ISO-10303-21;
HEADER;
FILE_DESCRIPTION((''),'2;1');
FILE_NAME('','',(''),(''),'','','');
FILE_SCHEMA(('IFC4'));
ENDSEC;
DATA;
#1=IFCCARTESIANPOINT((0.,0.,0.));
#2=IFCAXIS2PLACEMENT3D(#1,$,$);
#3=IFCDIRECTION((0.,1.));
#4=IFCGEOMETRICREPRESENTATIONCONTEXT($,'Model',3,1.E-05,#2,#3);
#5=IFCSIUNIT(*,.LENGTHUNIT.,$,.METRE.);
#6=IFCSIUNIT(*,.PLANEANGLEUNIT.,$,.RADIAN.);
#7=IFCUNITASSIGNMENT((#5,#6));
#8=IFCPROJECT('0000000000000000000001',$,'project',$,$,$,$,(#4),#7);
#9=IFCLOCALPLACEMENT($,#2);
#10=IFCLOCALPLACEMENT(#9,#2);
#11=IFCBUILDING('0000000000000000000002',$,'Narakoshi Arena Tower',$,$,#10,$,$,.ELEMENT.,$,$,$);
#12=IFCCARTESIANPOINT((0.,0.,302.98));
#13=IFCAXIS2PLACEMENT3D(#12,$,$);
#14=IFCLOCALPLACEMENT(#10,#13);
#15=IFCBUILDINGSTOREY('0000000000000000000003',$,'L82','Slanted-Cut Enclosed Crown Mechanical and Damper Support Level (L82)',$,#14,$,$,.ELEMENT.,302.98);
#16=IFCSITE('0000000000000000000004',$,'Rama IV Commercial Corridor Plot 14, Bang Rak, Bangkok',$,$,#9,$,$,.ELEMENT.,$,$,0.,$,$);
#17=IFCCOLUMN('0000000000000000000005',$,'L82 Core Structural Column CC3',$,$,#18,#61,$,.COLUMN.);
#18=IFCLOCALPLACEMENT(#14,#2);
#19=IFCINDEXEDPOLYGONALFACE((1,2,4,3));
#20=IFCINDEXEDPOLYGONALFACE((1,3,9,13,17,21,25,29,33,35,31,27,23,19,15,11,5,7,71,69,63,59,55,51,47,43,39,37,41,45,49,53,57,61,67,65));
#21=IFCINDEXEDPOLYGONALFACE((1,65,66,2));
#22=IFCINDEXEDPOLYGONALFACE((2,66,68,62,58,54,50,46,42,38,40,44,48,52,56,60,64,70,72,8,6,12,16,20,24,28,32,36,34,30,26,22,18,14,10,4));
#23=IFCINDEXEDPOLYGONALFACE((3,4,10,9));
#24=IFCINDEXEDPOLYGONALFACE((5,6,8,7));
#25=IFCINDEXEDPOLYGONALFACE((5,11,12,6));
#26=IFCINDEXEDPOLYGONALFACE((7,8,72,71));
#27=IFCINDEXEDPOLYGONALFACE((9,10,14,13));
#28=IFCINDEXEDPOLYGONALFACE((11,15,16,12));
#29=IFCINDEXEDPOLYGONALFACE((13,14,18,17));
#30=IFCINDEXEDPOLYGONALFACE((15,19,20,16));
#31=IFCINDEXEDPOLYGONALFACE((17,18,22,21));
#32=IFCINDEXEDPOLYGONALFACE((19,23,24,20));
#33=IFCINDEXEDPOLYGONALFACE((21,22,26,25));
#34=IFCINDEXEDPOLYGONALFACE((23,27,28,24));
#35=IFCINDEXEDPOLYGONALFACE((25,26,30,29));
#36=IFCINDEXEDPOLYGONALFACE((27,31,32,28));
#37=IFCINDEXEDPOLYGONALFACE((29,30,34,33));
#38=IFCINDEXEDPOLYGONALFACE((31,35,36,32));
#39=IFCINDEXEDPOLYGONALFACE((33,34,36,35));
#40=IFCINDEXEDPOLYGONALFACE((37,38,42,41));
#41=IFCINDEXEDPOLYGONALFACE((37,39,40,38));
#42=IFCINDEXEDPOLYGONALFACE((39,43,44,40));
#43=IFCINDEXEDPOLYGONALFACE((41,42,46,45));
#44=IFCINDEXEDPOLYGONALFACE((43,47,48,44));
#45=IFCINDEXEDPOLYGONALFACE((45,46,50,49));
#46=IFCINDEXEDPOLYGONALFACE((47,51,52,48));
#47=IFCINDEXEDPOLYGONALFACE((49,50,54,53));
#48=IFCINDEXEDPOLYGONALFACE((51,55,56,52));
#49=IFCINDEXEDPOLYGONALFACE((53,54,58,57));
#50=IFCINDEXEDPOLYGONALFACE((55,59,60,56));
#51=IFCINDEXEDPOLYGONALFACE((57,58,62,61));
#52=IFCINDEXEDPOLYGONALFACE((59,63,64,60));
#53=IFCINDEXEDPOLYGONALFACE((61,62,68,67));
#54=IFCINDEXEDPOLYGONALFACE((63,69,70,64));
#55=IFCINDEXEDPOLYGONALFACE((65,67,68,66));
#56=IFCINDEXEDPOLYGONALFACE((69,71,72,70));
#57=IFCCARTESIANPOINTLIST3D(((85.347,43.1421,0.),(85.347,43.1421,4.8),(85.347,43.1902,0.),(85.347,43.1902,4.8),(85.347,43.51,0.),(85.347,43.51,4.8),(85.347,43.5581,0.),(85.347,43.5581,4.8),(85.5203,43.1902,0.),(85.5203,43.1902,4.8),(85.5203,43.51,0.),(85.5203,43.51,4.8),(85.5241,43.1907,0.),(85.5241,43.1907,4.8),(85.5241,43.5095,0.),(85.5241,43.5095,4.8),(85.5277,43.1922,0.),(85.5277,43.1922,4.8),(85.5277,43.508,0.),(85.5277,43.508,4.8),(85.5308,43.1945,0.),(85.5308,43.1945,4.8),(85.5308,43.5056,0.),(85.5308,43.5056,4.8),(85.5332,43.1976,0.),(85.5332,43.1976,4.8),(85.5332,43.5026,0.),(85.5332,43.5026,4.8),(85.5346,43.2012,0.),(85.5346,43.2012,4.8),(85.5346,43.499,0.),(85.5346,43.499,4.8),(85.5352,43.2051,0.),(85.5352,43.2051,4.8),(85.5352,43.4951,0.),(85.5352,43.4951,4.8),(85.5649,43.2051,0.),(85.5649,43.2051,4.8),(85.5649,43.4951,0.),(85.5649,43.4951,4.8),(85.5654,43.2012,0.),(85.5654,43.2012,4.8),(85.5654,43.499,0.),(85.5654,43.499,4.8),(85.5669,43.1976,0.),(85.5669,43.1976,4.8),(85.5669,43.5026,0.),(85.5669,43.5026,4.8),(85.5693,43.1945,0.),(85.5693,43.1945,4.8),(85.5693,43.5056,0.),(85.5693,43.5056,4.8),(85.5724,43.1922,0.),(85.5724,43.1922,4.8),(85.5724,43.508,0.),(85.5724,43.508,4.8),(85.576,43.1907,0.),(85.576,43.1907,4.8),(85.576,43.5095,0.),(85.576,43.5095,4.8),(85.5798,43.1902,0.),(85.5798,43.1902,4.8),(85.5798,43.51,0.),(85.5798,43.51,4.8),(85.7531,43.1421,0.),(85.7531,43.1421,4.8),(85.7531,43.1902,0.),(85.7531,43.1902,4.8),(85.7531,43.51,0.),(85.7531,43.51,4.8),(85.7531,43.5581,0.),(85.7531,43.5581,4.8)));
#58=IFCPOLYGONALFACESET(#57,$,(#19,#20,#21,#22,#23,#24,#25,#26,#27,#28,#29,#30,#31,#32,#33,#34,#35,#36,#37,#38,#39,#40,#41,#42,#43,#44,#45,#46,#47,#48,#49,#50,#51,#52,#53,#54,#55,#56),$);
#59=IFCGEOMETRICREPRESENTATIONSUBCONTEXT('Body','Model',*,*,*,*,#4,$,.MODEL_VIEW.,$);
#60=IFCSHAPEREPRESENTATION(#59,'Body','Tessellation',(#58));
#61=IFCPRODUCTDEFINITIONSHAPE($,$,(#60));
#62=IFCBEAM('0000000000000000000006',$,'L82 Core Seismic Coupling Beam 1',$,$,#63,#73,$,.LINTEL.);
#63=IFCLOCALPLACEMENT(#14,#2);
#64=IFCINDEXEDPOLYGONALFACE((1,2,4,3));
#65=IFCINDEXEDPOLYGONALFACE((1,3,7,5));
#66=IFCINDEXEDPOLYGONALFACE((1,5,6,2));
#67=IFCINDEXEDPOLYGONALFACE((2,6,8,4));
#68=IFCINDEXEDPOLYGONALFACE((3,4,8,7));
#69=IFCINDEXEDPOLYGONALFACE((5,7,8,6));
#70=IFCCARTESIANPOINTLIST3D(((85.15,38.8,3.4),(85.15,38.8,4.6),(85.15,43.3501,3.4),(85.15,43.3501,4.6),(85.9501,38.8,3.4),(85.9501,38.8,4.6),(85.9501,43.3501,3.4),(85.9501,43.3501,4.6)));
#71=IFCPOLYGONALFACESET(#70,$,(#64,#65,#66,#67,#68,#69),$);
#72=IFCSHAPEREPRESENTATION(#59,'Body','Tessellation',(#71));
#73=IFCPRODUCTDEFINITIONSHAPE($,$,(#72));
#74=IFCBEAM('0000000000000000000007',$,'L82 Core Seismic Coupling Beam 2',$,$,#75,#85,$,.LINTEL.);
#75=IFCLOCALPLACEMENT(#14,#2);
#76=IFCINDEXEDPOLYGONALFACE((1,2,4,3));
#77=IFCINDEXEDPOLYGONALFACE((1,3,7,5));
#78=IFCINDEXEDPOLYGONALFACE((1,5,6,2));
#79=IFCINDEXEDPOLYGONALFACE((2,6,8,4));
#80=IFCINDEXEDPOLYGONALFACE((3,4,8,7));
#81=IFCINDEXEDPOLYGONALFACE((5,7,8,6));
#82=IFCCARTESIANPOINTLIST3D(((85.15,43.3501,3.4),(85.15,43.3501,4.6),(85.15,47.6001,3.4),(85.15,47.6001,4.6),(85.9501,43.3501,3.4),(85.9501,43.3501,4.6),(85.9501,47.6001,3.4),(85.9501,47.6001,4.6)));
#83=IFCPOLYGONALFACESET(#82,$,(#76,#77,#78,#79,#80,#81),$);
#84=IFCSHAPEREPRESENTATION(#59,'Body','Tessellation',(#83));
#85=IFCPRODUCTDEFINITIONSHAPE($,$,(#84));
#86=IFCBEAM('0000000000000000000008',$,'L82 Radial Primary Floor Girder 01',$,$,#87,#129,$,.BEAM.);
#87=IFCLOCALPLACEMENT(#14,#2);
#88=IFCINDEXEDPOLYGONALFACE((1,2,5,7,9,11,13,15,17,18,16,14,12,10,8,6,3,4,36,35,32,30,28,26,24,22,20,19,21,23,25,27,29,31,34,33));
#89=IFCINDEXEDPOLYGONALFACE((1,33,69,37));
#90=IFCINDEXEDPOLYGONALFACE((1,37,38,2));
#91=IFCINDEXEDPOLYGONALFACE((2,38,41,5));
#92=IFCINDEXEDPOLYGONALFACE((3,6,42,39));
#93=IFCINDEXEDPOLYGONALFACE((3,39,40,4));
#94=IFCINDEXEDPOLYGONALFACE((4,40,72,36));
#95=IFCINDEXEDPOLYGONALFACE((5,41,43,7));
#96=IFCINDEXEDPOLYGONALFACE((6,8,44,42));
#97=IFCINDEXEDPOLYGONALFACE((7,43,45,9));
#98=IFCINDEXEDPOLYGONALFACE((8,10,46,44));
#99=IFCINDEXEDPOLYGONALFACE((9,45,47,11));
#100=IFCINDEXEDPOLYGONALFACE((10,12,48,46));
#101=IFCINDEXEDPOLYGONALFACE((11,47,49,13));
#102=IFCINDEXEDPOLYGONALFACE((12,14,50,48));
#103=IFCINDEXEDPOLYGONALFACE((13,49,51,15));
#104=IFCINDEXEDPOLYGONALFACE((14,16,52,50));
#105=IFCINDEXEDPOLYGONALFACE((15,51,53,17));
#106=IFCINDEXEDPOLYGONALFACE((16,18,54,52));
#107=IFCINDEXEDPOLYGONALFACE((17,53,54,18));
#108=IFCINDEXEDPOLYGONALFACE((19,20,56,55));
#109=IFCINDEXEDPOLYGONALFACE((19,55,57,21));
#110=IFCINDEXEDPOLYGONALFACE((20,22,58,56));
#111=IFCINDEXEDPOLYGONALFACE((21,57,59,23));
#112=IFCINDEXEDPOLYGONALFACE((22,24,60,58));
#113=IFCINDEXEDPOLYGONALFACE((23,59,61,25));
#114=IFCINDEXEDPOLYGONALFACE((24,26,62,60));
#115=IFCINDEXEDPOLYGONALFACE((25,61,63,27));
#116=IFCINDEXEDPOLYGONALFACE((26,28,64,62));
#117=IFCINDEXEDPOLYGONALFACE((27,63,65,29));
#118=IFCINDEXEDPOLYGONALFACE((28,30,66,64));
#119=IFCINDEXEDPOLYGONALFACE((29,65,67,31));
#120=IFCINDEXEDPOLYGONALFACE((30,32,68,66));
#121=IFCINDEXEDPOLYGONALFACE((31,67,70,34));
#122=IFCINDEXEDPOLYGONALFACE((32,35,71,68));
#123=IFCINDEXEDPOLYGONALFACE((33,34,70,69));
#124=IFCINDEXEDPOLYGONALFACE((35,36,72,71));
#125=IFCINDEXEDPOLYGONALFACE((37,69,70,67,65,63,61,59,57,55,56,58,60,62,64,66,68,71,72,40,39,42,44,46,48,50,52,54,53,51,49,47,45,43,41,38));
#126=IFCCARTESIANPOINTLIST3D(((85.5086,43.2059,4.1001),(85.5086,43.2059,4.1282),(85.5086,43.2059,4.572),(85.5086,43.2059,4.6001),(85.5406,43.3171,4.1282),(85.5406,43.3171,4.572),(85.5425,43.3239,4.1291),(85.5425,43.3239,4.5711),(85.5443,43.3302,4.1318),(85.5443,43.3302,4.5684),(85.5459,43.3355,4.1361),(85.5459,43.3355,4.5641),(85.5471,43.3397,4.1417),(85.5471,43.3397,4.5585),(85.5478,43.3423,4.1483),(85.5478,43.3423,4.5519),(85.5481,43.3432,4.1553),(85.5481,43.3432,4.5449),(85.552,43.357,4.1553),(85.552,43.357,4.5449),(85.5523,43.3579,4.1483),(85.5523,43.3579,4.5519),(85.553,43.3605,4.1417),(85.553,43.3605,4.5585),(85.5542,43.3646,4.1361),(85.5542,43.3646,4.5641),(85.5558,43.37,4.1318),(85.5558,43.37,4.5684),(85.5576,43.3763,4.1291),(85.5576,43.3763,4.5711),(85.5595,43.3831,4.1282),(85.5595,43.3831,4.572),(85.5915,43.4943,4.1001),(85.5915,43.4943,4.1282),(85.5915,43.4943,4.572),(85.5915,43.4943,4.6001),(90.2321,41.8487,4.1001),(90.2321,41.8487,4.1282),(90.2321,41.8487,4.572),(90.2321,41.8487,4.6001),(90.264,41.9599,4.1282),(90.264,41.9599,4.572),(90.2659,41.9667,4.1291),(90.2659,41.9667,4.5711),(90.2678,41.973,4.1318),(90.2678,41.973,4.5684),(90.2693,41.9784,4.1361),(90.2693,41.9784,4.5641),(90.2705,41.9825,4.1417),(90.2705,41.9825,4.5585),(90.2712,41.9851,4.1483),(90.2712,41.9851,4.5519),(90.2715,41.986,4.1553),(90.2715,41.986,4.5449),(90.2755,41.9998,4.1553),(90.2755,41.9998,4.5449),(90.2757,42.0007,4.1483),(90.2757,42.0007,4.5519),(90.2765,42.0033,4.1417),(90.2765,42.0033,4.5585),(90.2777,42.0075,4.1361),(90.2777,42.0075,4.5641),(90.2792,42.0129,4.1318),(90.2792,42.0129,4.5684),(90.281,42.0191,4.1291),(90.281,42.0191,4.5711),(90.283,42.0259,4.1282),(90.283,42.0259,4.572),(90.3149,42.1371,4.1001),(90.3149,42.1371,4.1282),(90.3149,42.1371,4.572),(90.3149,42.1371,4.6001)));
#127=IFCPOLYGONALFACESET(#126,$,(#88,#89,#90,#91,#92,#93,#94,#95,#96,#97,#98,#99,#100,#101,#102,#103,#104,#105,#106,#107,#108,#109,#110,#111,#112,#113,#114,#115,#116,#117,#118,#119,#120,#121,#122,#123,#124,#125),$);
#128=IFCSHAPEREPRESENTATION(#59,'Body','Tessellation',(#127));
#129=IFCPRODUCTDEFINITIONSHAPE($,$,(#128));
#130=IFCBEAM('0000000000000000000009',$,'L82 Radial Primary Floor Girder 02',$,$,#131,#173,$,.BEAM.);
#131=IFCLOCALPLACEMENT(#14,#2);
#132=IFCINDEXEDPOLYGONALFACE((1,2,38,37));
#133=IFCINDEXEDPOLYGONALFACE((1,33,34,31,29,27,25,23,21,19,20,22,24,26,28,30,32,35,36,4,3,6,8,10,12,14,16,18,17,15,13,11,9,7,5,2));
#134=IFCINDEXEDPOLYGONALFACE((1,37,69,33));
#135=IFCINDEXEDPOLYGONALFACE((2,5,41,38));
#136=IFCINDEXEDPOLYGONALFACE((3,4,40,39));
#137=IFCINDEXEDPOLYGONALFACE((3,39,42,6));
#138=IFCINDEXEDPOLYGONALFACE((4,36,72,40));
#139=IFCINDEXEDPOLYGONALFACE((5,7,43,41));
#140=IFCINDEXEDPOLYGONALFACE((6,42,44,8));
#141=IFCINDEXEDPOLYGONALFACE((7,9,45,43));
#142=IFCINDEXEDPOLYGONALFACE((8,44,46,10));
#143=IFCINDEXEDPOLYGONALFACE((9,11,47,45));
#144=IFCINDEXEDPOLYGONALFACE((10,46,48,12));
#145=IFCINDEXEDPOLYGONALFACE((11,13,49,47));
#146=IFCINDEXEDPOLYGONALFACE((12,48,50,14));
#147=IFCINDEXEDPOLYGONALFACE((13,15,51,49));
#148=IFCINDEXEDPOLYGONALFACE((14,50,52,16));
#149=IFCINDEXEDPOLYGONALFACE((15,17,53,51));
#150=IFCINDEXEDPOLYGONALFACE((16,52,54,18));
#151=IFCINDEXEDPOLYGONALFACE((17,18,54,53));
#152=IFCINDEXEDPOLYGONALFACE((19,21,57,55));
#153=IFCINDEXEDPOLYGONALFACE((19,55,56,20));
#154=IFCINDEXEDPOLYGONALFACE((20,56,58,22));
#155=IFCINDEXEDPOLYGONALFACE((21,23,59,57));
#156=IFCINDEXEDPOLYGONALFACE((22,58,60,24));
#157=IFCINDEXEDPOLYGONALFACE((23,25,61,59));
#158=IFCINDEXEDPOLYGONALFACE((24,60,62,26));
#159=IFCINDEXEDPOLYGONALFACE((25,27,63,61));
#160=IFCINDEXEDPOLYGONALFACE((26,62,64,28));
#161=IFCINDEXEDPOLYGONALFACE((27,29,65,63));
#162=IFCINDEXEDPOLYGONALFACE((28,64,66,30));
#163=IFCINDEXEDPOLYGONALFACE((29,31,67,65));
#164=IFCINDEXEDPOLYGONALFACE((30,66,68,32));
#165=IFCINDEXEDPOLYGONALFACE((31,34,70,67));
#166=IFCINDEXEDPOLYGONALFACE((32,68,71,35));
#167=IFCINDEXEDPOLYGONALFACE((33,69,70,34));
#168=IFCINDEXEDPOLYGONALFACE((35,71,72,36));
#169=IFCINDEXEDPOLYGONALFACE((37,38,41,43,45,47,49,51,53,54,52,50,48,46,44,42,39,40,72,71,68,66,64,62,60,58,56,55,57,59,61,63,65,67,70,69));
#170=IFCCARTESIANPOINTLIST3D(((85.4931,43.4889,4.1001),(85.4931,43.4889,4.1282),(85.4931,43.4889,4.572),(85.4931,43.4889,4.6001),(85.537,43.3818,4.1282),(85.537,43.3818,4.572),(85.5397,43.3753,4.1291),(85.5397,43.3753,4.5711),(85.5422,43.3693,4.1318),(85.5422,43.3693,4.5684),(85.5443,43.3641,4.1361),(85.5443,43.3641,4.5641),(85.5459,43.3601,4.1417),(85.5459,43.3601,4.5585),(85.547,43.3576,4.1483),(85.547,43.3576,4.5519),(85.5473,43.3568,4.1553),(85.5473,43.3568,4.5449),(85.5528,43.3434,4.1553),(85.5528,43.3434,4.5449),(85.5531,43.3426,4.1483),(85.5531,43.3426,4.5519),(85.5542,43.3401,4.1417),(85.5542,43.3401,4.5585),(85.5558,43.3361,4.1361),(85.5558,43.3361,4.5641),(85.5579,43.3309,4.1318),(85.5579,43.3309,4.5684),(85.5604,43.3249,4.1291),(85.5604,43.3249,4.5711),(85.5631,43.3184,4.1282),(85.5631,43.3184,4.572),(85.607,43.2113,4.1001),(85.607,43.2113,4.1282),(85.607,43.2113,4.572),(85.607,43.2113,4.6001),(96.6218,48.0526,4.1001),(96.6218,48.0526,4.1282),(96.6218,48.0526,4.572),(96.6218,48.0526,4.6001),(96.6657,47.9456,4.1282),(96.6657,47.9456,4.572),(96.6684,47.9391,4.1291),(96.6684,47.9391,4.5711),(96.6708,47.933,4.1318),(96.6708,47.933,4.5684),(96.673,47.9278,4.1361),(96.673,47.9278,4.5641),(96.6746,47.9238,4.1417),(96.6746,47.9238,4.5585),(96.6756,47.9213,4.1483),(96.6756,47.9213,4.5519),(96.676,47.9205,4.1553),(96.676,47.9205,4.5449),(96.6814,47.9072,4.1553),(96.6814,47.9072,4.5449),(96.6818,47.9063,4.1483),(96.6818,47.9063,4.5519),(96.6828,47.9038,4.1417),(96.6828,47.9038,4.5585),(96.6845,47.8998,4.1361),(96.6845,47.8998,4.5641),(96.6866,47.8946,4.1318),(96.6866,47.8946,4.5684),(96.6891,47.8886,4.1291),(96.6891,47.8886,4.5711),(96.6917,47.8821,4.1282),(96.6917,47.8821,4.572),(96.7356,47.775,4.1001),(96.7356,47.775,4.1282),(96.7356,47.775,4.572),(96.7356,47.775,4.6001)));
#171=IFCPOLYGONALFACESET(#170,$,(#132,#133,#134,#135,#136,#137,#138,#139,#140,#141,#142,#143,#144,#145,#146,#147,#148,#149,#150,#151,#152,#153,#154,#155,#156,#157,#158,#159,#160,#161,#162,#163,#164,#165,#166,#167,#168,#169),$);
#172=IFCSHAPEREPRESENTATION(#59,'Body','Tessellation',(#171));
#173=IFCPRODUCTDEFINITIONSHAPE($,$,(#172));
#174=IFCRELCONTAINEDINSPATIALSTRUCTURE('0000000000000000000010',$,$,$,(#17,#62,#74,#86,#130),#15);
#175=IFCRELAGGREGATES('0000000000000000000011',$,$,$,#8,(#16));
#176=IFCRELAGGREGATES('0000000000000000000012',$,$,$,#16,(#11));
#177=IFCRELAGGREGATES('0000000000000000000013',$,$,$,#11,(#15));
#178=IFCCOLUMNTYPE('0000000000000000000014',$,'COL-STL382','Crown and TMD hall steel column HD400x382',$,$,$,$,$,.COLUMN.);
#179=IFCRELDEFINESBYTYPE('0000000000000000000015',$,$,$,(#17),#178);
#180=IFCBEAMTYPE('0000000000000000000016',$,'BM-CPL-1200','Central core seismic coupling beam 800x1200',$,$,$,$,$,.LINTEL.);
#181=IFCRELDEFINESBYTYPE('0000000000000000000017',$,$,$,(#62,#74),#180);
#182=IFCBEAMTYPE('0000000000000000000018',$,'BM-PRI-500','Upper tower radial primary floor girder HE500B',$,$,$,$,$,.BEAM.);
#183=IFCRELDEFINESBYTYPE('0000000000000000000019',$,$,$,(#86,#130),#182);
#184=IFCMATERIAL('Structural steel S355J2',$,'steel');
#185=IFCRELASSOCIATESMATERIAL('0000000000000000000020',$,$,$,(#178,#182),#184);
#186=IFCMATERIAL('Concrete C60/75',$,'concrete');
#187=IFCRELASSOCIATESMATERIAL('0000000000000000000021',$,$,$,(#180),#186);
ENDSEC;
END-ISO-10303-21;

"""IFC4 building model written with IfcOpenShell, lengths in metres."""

from ifc_helpers import new_model, si_unit, direction, frame, origin, origin_2d, place, context, subcontext, project, spatial, rectangle, i_section, extrude, material, material_profile, profile_set, type_object, element, save


model = new_model("IFC4")

# Units and contexts
model_context = context("Model", 3, precision=1e-05, world=origin(), true_north=direction((0.0, 1.0)))
body_context = subcontext(model_context, "Body", "Model", "MODEL_VIEW")
ifc_project = project(units=[si_unit("LENGTHUNIT", "METRE"), si_unit("PLANEANGLEUNIT", "RADIAN")], contexts=[model_context])

# Site, building, storey
site_placement = place(None, origin())
site = spatial("IfcSite", under=ifc_project, at=site_placement, Name="Rama IV Commercial Corridor Plot 14, Bang Rak, Bangkok", CompositionType="ELEMENT", RefElevation=0.0)
building_placement = place(site_placement, origin())
building = spatial("IfcBuilding", under=site, at=building_placement, Name="Narakoshi Arena Tower", CompositionType="ELEMENT")
storey_placement = place(building_placement, frame((0.0, 0.0, 302.98)))
storey = spatial("IfcBuildingStorey", under=building, at=storey_placement, Name="L82", Description="Slanted-Cut Enclosed Crown Mechanical and Damper Support Level (L82)", CompositionType="ELEMENT", Elevation=302.98)

# Column
ifc_material_1 = material(Name="Structural steel S355J2", Category="steel")
ifc_material_profile_1 = material_profile(ifc_material_1, i_section(OverallWidth=0.406, OverallDepth=0.416, WebThickness=0.0298, FlangeThickness=0.0481, FilletRadius=0.0149, at=origin_2d()), Name="HD400x382")
ifc_profile_set_1 = profile_set([ifc_material_profile_1], Name="Structural steel S355J2")
column_type = type_object("IfcColumnType", Name="COL-STL382", Description="Crown and TMD hall steel column HD400x382", PredefinedType="COLUMN", material=ifc_profile_set_1)
column_placement = place(storey_placement, frame((85.55, 43.3501, 0.0), z_axis=(0.0, 0.0, 1.0), x_axis=(1.0, 0.0, 0.0)))
element("IfcColumn", 1, at=column_placement, inside=storey, type_object=column_type, Name="L82 Core Structural Column CC3", PredefinedType="COLUMN", context=body_context, shape_type="SweptSolid", body=[
    extrude(i_section(OverallWidth=0.406, OverallDepth=0.416, WebThickness=0.0298, FlangeThickness=0.0481, FilletRadius=0.0149, at=origin_2d()), origin(), (0.0, 0.0, 1.0), 4.8),
])

# Beams
ifc_material_2 = material(Name="Concrete C60/75", Category="concrete")
ifc_material_profile_2 = material_profile(ifc_material_2, rectangle(XDim=0.8, YDim=1.2, at=origin_2d()), Name="RCB800x1200")
ifc_profile_set_2 = profile_set([ifc_material_profile_2], Name="Concrete C60/75")
beam_type_1 = type_object("IfcBeamType", Name="BM-CPL-1200", Description="Central core seismic coupling beam 800x1200", PredefinedType="LINTEL", material=ifc_profile_set_2)
beam_1_placement = place(storey_placement, frame((85.55, 38.8, 4.0), z_axis=(0.0, 1.0, 0.0), x_axis=(-1.0, 0.0, 0.0)))
element("IfcBeam", 2, at=beam_1_placement, inside=storey, type_object=beam_type_1, Name="L82 Core Seismic Coupling Beam 1", PredefinedType="LINTEL", context=body_context, shape_type="SweptSolid", body=[
    extrude(rectangle(XDim=0.8, YDim=1.2, at=origin_2d()), origin(), (0.0, 0.0, 1.0), 4.55),
])
beam_2_placement = place(storey_placement, frame((85.55, 43.3501, 4.0), z_axis=(0.0, 1.0, 0.0), x_axis=(-1.0, 0.0, 0.0)))
element("IfcBeam", 3, at=beam_2_placement, inside=storey, type_object=beam_type_1, Name="L82 Core Seismic Coupling Beam 2", PredefinedType="LINTEL", context=body_context, shape_type="SweptSolid", body=[
    extrude(rectangle(XDim=0.8, YDim=1.2, at=origin_2d()), origin(), (0.0, 0.0, 1.0), 4.25),
])
ifc_material_profile_3 = material_profile(ifc_material_1, i_section(OverallWidth=0.3, OverallDepth=0.5, WebThickness=0.0144, FlangeThickness=0.0281, FilletRadius=0.0271, at=origin_2d()), Name="HE500B")
ifc_profile_set_3 = profile_set([ifc_material_profile_3], Name="Structural steel S355J2")
beam_type_2 = type_object("IfcBeamType", Name="BM-PRI-500", Description="Upper tower radial primary floor girder HE500B", PredefinedType="BEAM", material=ifc_profile_set_3)
beam_3_placement = place(storey_placement, frame((85.55, 43.3501, 4.3501), z_axis=(0.961112, -0.276158, 0.0), x_axis=(0.276158, 0.961112, 0.0)))
element("IfcBeam", 4, at=beam_3_placement, inside=storey, type_object=beam_type_2, Name="L82 Radial Primary Floor Girder 01", PredefinedType="BEAM", context=body_context, shape_type="SweptSolid", body=[
    extrude(i_section(OverallWidth=0.3, OverallDepth=0.5, WebThickness=0.0144, FlangeThickness=0.0281, FilletRadius=0.0271, at=origin_2d()), origin(), (0.0, 0.0, 1.0), 4.9146),
])
beam_4_placement = place(storey_placement, frame((85.55, 43.3501, 4.3501), z_axis=(0.925224, 0.379422, 0.0), x_axis=(-0.379422, 0.925224, 0.0)))
element("IfcBeam", 5, at=beam_4_placement, inside=storey, type_object=beam_type_2, Name="L82 Radial Primary Floor Girder 02", PredefinedType="BEAM", context=body_context, shape_type="SweptSolid", body=[
    extrude(i_section(OverallWidth=0.3, OverallDepth=0.5, WebThickness=0.0144, FlangeThickness=0.0281, FilletRadius=0.0271, at=origin_2d()), origin(), (0.0, 0.0, 1.0), 12.0281),
])

save(model, "model.ifc")
